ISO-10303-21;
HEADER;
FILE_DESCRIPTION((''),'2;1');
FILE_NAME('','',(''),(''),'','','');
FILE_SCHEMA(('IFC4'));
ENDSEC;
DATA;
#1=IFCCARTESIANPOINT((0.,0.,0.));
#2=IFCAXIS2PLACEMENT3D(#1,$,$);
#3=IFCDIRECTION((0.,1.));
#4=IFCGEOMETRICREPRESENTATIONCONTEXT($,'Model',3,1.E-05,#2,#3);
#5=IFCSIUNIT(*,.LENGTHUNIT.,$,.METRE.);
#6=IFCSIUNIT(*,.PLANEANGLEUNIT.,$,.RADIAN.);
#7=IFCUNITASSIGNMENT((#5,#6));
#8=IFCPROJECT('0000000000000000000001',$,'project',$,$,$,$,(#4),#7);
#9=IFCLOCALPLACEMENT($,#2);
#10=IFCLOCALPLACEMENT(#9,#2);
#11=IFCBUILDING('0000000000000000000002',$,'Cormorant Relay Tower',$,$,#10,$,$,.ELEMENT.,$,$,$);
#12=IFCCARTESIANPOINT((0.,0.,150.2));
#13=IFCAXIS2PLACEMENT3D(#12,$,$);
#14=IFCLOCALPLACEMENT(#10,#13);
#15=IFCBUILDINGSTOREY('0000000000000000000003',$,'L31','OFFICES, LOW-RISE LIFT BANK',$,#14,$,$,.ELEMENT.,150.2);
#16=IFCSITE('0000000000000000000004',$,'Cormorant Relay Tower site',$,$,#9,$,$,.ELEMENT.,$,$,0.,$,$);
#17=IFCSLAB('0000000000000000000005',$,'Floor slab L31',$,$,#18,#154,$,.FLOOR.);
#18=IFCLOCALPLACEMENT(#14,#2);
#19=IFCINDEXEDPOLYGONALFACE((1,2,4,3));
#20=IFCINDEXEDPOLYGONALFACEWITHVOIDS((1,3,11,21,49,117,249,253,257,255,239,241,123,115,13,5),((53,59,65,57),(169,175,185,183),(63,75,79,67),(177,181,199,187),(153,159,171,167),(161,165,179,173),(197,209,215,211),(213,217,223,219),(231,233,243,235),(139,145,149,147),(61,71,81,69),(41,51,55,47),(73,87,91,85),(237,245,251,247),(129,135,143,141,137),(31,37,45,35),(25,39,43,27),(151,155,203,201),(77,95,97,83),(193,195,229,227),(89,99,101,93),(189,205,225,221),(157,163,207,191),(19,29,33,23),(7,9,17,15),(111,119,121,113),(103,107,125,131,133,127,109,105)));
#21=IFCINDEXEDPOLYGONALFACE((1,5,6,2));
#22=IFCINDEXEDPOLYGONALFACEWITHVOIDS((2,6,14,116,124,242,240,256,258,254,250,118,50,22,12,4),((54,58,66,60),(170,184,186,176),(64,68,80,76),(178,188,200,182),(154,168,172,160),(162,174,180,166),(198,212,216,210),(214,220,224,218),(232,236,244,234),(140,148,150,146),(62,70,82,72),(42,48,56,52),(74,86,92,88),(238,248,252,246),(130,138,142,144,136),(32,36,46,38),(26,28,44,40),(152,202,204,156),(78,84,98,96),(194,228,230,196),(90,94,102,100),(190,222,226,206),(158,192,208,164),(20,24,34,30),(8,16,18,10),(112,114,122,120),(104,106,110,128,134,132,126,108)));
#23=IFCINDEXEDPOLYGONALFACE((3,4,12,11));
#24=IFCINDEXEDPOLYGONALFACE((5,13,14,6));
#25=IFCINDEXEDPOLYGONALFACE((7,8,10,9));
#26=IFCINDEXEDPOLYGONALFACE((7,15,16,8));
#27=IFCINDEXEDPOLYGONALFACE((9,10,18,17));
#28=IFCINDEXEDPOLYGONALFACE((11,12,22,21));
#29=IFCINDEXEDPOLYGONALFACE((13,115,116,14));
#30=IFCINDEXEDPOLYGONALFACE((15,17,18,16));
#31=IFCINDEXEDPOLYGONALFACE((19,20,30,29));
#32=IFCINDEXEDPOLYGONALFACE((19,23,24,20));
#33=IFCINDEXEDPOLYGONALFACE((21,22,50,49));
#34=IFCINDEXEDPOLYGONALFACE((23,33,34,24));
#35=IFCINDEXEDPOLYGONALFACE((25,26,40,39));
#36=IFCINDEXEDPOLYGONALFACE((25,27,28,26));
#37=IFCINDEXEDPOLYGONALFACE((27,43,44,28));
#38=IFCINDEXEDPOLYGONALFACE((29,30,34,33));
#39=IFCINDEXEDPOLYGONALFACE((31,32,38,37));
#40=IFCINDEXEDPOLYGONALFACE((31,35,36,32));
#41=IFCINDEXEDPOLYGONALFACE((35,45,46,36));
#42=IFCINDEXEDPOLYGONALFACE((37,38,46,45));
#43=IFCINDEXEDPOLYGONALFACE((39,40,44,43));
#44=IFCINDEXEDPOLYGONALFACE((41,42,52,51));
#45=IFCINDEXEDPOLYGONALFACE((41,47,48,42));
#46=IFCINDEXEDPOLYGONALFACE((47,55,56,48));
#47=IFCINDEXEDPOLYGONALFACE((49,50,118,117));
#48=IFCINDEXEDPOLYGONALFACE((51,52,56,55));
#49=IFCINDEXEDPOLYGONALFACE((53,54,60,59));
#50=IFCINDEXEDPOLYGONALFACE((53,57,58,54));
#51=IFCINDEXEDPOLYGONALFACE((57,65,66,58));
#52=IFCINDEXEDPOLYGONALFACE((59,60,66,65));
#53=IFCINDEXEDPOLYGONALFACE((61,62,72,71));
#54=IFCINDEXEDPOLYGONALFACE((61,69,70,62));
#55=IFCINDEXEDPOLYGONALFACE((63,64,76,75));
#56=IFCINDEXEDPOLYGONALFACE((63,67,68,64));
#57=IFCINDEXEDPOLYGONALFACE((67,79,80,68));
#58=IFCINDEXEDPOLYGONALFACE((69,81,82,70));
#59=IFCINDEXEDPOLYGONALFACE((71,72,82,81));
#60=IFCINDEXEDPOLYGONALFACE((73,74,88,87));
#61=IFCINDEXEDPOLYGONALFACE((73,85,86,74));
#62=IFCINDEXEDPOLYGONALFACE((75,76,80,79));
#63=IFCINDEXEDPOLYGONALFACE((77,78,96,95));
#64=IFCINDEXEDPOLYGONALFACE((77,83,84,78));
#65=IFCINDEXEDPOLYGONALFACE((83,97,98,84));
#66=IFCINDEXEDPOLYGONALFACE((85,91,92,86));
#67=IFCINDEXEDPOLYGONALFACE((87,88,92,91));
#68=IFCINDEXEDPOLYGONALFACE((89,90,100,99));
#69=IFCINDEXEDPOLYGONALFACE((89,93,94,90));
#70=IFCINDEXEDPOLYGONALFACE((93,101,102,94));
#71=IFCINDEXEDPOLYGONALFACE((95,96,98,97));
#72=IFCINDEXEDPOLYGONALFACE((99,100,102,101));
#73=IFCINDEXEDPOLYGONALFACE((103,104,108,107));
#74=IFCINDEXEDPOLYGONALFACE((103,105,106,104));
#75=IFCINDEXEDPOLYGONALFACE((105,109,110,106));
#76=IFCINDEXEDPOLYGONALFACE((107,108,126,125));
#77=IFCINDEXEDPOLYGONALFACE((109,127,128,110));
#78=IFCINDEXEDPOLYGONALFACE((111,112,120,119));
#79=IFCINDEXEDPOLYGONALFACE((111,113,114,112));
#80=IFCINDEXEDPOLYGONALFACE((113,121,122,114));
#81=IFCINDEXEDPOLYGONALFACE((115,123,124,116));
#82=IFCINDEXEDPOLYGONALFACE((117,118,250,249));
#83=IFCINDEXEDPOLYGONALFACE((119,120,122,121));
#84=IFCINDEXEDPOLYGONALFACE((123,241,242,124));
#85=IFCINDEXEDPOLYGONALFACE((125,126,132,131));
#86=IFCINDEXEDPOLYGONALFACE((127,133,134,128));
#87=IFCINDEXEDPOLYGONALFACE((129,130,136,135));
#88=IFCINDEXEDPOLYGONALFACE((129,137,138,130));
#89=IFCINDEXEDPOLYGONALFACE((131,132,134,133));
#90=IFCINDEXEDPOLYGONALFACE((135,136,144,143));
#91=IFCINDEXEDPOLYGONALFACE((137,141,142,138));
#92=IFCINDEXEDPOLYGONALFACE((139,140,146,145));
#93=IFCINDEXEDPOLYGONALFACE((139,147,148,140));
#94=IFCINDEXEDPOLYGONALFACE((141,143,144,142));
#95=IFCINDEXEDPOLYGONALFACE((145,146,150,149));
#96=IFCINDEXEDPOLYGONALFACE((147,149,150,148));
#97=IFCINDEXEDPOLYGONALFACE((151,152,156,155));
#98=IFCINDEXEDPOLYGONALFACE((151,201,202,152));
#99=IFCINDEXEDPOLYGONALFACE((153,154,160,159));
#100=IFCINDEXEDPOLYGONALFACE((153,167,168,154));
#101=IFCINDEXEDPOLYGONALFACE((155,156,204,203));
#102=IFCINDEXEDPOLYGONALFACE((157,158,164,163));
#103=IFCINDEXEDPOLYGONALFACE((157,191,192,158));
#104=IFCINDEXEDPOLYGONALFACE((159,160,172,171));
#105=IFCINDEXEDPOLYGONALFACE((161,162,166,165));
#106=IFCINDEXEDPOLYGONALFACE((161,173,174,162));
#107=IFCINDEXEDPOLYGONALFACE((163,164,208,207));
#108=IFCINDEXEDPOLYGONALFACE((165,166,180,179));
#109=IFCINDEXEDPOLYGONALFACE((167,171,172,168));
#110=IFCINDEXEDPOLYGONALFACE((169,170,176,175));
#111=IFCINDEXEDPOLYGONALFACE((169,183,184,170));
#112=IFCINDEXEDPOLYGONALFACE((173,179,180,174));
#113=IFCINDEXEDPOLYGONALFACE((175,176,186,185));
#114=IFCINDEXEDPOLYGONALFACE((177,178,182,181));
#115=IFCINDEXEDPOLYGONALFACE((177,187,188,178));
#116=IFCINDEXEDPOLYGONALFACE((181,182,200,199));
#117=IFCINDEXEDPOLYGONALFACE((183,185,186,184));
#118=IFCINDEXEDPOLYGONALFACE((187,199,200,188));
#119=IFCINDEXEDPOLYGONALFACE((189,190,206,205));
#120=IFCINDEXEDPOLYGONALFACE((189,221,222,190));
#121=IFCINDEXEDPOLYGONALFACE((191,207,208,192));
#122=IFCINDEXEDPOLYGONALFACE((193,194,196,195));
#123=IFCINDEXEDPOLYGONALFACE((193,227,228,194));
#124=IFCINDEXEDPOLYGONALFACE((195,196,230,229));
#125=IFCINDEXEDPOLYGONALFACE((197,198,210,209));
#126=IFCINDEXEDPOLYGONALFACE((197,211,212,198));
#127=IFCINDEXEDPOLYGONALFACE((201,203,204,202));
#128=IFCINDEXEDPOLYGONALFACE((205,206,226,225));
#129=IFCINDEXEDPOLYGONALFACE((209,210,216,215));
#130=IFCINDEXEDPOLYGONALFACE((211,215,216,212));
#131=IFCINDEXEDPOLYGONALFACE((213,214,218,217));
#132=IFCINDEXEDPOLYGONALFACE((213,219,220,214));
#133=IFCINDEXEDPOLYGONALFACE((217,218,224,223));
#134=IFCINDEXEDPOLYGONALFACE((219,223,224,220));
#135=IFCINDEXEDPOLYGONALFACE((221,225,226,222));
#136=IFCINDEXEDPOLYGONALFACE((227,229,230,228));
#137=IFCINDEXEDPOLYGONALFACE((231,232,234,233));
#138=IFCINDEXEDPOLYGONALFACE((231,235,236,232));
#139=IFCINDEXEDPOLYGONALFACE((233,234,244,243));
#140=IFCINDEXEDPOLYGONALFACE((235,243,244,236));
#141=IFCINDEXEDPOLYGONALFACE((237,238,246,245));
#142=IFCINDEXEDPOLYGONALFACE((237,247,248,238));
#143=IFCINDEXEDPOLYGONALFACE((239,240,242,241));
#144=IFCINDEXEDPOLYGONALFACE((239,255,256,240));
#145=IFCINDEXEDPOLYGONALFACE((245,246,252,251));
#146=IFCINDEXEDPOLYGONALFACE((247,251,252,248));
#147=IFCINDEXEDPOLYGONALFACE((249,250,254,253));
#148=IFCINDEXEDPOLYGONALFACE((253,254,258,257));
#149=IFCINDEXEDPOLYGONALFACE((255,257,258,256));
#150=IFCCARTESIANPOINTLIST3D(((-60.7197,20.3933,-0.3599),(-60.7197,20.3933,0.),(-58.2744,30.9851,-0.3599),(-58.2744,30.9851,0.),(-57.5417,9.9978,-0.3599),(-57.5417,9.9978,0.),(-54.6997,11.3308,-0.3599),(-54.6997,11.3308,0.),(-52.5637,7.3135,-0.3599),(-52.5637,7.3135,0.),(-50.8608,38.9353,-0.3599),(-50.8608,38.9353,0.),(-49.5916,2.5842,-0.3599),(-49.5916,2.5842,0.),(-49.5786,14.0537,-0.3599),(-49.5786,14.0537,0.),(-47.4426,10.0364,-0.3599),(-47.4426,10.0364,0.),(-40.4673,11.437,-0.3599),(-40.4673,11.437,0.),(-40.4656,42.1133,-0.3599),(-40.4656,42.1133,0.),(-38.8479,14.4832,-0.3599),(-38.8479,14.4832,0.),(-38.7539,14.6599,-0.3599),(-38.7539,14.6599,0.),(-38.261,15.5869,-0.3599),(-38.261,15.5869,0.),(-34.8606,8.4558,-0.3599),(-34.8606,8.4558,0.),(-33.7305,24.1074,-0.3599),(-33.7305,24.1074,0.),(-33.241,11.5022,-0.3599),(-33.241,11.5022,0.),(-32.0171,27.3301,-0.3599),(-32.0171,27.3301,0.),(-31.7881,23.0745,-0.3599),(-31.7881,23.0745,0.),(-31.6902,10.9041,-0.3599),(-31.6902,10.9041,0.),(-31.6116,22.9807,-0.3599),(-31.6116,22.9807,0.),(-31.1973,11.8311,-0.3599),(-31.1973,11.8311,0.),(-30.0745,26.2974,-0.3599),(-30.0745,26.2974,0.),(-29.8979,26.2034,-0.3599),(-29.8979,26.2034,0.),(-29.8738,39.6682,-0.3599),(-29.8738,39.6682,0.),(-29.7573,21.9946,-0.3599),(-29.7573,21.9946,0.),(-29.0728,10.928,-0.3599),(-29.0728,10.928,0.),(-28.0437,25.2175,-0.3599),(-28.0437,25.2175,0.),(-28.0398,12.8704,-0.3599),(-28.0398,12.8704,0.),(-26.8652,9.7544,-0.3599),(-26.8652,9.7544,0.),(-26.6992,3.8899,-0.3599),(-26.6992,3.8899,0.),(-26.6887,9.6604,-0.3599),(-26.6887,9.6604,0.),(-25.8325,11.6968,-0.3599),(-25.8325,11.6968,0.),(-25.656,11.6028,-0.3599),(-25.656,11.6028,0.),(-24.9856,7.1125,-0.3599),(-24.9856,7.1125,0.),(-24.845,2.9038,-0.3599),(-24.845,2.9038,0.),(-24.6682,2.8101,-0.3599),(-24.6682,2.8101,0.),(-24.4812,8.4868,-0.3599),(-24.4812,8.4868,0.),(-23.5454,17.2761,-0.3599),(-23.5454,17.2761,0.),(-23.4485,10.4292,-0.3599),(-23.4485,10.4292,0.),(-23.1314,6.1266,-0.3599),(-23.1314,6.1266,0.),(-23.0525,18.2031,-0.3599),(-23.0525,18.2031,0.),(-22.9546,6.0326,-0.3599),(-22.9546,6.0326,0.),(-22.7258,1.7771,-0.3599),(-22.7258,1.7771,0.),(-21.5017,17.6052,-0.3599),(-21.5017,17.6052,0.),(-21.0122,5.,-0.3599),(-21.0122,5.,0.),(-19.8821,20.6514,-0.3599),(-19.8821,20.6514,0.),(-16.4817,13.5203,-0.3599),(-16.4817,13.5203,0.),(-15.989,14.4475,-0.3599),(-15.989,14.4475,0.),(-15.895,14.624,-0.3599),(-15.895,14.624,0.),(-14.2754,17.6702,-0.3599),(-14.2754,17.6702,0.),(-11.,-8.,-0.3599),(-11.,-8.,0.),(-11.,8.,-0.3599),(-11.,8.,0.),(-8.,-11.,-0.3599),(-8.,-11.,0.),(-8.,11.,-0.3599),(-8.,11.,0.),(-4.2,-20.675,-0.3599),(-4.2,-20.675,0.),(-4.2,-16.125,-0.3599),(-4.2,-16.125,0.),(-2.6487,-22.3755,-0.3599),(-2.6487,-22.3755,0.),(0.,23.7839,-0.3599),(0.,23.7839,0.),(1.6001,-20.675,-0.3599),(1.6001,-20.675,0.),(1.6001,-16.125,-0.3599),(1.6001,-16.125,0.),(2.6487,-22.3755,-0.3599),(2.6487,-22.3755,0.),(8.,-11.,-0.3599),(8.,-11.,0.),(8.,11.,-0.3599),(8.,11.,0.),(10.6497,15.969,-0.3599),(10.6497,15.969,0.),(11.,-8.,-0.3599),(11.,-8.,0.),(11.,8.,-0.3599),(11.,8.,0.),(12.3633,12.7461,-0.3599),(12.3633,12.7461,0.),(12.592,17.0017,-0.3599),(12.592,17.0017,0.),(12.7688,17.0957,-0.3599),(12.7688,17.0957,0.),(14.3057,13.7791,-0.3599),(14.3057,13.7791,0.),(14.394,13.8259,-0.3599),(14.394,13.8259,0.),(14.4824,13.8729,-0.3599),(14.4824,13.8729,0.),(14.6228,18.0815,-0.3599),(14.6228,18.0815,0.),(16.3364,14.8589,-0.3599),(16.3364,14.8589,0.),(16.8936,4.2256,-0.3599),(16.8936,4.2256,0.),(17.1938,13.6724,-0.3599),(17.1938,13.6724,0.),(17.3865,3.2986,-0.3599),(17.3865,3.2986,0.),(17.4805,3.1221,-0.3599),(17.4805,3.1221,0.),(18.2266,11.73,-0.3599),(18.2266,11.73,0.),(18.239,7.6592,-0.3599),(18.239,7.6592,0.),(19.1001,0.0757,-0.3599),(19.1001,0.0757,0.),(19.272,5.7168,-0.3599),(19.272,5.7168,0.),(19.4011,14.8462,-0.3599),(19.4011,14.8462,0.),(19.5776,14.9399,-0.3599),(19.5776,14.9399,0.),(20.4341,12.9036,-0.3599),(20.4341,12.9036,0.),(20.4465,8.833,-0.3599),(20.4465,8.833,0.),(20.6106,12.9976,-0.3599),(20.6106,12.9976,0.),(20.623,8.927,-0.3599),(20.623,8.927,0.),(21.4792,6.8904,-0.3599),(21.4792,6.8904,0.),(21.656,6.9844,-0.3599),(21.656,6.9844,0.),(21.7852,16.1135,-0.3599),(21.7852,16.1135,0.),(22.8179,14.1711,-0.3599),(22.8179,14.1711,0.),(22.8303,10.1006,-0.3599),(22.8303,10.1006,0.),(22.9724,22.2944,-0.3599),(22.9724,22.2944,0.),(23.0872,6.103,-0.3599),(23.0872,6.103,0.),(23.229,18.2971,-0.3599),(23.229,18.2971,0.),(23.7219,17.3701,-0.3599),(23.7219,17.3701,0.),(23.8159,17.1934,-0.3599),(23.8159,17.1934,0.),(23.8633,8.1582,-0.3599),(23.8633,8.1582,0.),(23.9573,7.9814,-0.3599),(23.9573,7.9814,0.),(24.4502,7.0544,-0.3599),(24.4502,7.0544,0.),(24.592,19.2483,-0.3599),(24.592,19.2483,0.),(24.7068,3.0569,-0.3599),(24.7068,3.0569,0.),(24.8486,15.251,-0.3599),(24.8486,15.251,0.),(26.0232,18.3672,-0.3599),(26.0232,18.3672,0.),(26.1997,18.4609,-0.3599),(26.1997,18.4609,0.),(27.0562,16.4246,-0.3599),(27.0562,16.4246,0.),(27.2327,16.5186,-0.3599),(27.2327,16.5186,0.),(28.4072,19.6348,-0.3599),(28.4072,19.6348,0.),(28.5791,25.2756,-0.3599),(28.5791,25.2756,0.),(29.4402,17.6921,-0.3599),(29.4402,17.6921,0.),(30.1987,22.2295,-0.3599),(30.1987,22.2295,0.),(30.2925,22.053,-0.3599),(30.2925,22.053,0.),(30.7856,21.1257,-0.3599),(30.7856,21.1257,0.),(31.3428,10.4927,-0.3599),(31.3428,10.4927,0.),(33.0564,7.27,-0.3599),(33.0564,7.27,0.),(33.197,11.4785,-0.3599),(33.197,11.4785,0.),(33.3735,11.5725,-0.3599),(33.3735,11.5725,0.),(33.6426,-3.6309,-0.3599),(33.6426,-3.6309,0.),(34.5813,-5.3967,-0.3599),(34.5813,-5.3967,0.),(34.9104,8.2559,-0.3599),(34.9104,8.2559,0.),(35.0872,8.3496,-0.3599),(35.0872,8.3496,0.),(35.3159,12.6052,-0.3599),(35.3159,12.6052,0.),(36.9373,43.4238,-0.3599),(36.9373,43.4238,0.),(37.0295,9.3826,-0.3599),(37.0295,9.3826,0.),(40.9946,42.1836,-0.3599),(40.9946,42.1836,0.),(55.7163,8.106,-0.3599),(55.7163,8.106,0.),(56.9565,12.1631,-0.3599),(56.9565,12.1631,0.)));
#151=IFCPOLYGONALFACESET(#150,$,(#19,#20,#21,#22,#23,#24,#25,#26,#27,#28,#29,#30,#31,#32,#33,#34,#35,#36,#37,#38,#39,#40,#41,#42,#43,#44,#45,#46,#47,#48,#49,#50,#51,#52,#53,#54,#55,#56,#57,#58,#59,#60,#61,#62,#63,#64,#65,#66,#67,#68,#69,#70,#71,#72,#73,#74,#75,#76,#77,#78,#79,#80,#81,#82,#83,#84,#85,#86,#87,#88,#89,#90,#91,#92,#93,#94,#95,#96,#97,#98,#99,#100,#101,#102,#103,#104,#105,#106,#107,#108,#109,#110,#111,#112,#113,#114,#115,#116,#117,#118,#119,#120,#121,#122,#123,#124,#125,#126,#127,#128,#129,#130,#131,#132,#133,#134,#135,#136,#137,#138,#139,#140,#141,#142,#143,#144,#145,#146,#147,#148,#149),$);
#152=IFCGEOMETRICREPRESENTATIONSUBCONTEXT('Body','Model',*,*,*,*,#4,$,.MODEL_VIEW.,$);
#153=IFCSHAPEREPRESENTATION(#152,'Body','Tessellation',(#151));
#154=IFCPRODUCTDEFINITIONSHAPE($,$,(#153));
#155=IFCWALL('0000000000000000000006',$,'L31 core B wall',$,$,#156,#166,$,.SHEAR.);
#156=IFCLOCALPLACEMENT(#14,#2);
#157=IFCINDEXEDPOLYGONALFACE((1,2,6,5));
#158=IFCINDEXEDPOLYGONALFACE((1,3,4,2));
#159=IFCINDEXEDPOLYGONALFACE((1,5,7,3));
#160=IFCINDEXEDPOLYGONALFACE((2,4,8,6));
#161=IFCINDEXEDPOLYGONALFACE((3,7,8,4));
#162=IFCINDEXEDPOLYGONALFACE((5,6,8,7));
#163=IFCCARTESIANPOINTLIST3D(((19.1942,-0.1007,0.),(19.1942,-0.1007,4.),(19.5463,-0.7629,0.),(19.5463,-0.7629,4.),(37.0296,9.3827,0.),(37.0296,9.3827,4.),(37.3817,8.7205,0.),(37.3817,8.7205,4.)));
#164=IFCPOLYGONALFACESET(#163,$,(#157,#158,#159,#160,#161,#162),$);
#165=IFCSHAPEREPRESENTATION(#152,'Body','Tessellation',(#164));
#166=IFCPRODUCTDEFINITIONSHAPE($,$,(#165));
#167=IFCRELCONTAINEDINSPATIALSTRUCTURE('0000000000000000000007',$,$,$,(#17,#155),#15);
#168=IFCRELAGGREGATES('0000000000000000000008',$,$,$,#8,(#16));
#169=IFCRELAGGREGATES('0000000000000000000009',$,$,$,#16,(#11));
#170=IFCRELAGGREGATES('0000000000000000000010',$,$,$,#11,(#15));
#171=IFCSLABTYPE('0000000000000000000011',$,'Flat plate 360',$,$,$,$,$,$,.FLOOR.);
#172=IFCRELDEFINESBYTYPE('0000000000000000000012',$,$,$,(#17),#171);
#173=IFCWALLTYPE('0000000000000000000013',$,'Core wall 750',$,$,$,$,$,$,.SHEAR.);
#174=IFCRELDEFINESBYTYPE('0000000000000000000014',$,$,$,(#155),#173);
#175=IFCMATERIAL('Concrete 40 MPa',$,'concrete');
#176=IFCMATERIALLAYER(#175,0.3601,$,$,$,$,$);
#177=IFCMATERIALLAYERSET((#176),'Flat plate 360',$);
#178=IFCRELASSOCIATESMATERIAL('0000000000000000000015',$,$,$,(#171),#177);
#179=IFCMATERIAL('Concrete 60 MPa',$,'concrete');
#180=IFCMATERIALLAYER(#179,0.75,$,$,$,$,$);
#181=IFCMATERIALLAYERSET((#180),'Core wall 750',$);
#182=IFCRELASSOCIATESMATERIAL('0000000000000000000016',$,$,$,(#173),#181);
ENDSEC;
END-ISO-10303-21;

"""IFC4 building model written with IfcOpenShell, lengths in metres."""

from ifc_helpers import new_model, si_unit, direction, frame, frame_2d, origin, place, context, subcontext, project, spatial, polyline, rectangle, outline, extrude, material, layer, layer_set, type_object, element, save


model = new_model("IFC4")

# Units and contexts
model_context = context("Model", 3, precision=1e-05, world=origin(), true_north=direction((0.0, 1.0)))
body_context = subcontext(model_context, "Body", "Model", "MODEL_VIEW")
ifc_project = project(units=[si_unit("LENGTHUNIT", "METRE"), si_unit("PLANEANGLEUNIT", "RADIAN")], contexts=[model_context])

# Site, building, storey
site_placement = place(None, origin())
site = spatial("IfcSite", under=ifc_project, at=site_placement, Name="Cormorant Relay Tower site", CompositionType="ELEMENT", RefElevation=0.0)
building_placement = place(site_placement, origin())
building = spatial("IfcBuilding", under=site, at=building_placement, Name="Cormorant Relay Tower", CompositionType="ELEMENT")
storey_placement = place(building_placement, frame((0.0, 0.0, 150.2)))
storey = spatial("IfcBuildingStorey", under=building, at=storey_placement, Name="L31", Description="OFFICES, LOW-RISE LIFT BANK", CompositionType="ELEMENT", Elevation=150.2)

# Slab
ifc_material_1 = material(Name="Concrete 40 MPa", Category="concrete")
ifc_layer_1 = layer(ifc_material_1, 0.3601)
ifc_layer_set_1 = layer_set([ifc_layer_1], Name="Flat plate 360")
slab_type_1 = type_object("IfcSlabType", Name="Flat plate 360", PredefinedType="FLOOR", material=ifc_layer_set_1)
slab_1_placement = place(storey_placement, frame((0.0, 0.0, -0.3599)))
element("IfcSlab", 1, at=slab_1_placement, inside=storey, type_object=slab_type_1, Name="Floor slab L31", PredefinedType="FLOOR", context=body_context, shape_type="SweptSolid", body=[
    extrude(outline(polyline([(-60.7197, 20.3933), (-58.2744, 30.9851), (-50.8608, 38.9353), (-40.4656, 42.1133), (-29.8738, 39.6682), (0.0, 23.7839), (36.9373, 43.4238), (40.9946, 42.1836), (56.9565, 12.1631), (55.7163, 8.106), (33.6426, -3.6309), (34.5813, -5.3967), (2.6487, -22.3755), (-2.6487, -22.3755), (-49.5916, 2.5842), (-57.5417, 9.9978), (-60.7197, 20.3933)]), holes=[polyline([(11.0, -8.0), (11.0, 8.0), (8.0, 11.0), (-8.0, 11.0), (-11.0, 8.0), (-11.0, -8.0), (-8.0, -11.0), (8.0, -11.0), (11.0, -8.0)]), polyline([(-4.2, -16.125), (-4.2, -20.675), (1.6001, -20.675), (1.6001, -16.125), (-4.2, -16.125)]), polyline([(-22.9546, 6.0327), (-24.6682, 2.8101), (-22.7258, 1.7771), (-21.0122, 5.0), (-23.043, 6.0796), (-22.9546, 6.0327)]), polyline([(-24.9856, 7.1125), (-26.6992, 3.8899), (-24.845, 2.9038), (-23.1313, 6.1267), (-23.043, 6.0796), (-24.9856, 7.1125)]), polyline([(-24.4812, 8.4868), (-23.4485, 10.4292), (-25.656, 11.6028), (-26.6887, 9.6604), (-24.4812, 8.4868)]), polyline([(-49.5786, 14.0537), (-54.6997, 11.3308), (-52.5637, 7.3135), (-47.4426, 10.0364), (-49.5786, 14.0537)]), polyline([(-25.8325, 11.6968), (-28.0398, 12.8704), (-29.0728, 10.928), (-26.8652, 9.7544), (-25.8325, 11.6968)]), polyline([(-38.8479, 14.4832), (-40.4673, 11.437), (-34.8606, 8.4558), (-33.241, 11.5022), (-38.8479, 14.4832)]), polyline([(-38.261, 15.5869), (-38.7539, 14.6599), (-31.6902, 10.9041), (-31.1973, 11.8311), (-38.261, 15.5869)]), polyline([(14.3057, 13.7791), (12.592, 17.0017), (10.6497, 15.969), (12.3633, 12.7461), (14.394, 13.8259), (14.3057, 13.7791)]), polyline([(16.3364, 14.8589), (14.6228, 18.0815), (12.7688, 17.0957), (14.4824, 13.8728), (14.394, 13.8259), (16.3364, 14.8589)]), polyline([(-16.4817, 13.5203), (-15.989, 14.4475), (-23.0525, 18.2031), (-23.5454, 17.2761), (-16.4817, 13.5203)]), polyline([(-21.5017, 17.6052), (-15.895, 14.624), (-14.2754, 17.6702), (-19.8821, 20.6514), (-21.5017, 17.6052)]), polyline([(-31.6116, 22.9807), (-29.7573, 21.9946), (-28.0437, 25.2175), (-29.8979, 26.2034), (-31.6116, 22.9807)]), polyline([(-32.0171, 27.3301), (-33.7305, 24.1074), (-31.7881, 23.0745), (-30.0745, 26.2974), (-32.0171, 27.3301)]), polyline([(17.4805, 3.1221), (19.1001, 0.0757), (24.7068, 3.0569), (23.0872, 6.103), (17.4805, 3.1221)]), polyline([(16.8936, 4.2256), (17.3865, 3.2986), (24.4502, 7.0544), (23.9573, 7.9814), (16.8936, 4.2256)]), polyline([(20.4465, 8.833), (18.239, 7.6592), (19.272, 5.7168), (21.4792, 6.8904), (20.4465, 8.833)]), polyline([(21.656, 6.9844), (23.8633, 8.1582), (22.8303, 10.1006), (20.623, 8.927), (21.656, 6.9844)]), polyline([(33.197, 11.4785), (31.3428, 10.4927), (33.0564, 7.27), (34.9104, 8.2559), (33.197, 11.4785)]), polyline([(33.3735, 11.5725), (35.0872, 8.3496), (37.0295, 9.3826), (35.3159, 12.6052), (33.3735, 11.5725)]), polyline([(17.1938, 13.6724), (18.2266, 11.73), (20.4341, 12.9036), (19.4011, 14.8462), (17.1938, 13.6724)]), polyline([(20.6106, 12.9976), (22.8179, 14.1711), (21.7852, 16.1135), (19.5776, 14.9399), (20.6106, 12.9976)]), polyline([(26.0232, 18.3672), (23.8159, 17.1934), (24.8486, 15.251), (27.0562, 16.4246), (26.0232, 18.3672)]), polyline([(29.4402, 17.6921), (28.4072, 19.6348), (26.1997, 18.4609), (27.2327, 16.5186), (29.4402, 17.6921)]), polyline([(30.7856, 21.1257), (30.2925, 22.053), (23.229, 18.2971), (23.7219, 17.3701), (30.7856, 21.1257)]), polyline([(24.592, 19.2483), (30.1987, 22.2295), (28.5791, 25.2756), (22.9724, 22.2944), (24.592, 19.2483)])]), origin(), (0.0, 0.0, 1.0), 0.3599),
])

# Shared definitions
ifc_material_2 = material(Name="Concrete 60 MPa", Category="concrete")
ifc_layer_2 = layer(ifc_material_2, 0.75)
ifc_layer_set_2 = layer_set([ifc_layer_2], Name="Core wall 750")
wall_type_1 = type_object("IfcWallType", Name="Core wall 750", PredefinedType="SHEAR", material=ifc_layer_set_2)

# Wall
wall_1_placement = place(storey_placement, frame((19.3701, -0.4319, 0.0), z_axis=(0.0, 0.0, 1.0), x_axis=(0.882945, 0.469476, 0.0)))
element("IfcWall", 2, at=wall_1_placement, inside=storey, type_object=wall_type_1, Name="L31 core B wall", PredefinedType="SHEAR", context=body_context, shape_type="SweptSolid", body=[
    extrude(rectangle(XDim=20.2, YDim=0.75, at=frame_2d((10.1001, 0.0))), origin(), (0.0, 0.0, 1.0), 4.0),
])

save(model, "model.ifc")
